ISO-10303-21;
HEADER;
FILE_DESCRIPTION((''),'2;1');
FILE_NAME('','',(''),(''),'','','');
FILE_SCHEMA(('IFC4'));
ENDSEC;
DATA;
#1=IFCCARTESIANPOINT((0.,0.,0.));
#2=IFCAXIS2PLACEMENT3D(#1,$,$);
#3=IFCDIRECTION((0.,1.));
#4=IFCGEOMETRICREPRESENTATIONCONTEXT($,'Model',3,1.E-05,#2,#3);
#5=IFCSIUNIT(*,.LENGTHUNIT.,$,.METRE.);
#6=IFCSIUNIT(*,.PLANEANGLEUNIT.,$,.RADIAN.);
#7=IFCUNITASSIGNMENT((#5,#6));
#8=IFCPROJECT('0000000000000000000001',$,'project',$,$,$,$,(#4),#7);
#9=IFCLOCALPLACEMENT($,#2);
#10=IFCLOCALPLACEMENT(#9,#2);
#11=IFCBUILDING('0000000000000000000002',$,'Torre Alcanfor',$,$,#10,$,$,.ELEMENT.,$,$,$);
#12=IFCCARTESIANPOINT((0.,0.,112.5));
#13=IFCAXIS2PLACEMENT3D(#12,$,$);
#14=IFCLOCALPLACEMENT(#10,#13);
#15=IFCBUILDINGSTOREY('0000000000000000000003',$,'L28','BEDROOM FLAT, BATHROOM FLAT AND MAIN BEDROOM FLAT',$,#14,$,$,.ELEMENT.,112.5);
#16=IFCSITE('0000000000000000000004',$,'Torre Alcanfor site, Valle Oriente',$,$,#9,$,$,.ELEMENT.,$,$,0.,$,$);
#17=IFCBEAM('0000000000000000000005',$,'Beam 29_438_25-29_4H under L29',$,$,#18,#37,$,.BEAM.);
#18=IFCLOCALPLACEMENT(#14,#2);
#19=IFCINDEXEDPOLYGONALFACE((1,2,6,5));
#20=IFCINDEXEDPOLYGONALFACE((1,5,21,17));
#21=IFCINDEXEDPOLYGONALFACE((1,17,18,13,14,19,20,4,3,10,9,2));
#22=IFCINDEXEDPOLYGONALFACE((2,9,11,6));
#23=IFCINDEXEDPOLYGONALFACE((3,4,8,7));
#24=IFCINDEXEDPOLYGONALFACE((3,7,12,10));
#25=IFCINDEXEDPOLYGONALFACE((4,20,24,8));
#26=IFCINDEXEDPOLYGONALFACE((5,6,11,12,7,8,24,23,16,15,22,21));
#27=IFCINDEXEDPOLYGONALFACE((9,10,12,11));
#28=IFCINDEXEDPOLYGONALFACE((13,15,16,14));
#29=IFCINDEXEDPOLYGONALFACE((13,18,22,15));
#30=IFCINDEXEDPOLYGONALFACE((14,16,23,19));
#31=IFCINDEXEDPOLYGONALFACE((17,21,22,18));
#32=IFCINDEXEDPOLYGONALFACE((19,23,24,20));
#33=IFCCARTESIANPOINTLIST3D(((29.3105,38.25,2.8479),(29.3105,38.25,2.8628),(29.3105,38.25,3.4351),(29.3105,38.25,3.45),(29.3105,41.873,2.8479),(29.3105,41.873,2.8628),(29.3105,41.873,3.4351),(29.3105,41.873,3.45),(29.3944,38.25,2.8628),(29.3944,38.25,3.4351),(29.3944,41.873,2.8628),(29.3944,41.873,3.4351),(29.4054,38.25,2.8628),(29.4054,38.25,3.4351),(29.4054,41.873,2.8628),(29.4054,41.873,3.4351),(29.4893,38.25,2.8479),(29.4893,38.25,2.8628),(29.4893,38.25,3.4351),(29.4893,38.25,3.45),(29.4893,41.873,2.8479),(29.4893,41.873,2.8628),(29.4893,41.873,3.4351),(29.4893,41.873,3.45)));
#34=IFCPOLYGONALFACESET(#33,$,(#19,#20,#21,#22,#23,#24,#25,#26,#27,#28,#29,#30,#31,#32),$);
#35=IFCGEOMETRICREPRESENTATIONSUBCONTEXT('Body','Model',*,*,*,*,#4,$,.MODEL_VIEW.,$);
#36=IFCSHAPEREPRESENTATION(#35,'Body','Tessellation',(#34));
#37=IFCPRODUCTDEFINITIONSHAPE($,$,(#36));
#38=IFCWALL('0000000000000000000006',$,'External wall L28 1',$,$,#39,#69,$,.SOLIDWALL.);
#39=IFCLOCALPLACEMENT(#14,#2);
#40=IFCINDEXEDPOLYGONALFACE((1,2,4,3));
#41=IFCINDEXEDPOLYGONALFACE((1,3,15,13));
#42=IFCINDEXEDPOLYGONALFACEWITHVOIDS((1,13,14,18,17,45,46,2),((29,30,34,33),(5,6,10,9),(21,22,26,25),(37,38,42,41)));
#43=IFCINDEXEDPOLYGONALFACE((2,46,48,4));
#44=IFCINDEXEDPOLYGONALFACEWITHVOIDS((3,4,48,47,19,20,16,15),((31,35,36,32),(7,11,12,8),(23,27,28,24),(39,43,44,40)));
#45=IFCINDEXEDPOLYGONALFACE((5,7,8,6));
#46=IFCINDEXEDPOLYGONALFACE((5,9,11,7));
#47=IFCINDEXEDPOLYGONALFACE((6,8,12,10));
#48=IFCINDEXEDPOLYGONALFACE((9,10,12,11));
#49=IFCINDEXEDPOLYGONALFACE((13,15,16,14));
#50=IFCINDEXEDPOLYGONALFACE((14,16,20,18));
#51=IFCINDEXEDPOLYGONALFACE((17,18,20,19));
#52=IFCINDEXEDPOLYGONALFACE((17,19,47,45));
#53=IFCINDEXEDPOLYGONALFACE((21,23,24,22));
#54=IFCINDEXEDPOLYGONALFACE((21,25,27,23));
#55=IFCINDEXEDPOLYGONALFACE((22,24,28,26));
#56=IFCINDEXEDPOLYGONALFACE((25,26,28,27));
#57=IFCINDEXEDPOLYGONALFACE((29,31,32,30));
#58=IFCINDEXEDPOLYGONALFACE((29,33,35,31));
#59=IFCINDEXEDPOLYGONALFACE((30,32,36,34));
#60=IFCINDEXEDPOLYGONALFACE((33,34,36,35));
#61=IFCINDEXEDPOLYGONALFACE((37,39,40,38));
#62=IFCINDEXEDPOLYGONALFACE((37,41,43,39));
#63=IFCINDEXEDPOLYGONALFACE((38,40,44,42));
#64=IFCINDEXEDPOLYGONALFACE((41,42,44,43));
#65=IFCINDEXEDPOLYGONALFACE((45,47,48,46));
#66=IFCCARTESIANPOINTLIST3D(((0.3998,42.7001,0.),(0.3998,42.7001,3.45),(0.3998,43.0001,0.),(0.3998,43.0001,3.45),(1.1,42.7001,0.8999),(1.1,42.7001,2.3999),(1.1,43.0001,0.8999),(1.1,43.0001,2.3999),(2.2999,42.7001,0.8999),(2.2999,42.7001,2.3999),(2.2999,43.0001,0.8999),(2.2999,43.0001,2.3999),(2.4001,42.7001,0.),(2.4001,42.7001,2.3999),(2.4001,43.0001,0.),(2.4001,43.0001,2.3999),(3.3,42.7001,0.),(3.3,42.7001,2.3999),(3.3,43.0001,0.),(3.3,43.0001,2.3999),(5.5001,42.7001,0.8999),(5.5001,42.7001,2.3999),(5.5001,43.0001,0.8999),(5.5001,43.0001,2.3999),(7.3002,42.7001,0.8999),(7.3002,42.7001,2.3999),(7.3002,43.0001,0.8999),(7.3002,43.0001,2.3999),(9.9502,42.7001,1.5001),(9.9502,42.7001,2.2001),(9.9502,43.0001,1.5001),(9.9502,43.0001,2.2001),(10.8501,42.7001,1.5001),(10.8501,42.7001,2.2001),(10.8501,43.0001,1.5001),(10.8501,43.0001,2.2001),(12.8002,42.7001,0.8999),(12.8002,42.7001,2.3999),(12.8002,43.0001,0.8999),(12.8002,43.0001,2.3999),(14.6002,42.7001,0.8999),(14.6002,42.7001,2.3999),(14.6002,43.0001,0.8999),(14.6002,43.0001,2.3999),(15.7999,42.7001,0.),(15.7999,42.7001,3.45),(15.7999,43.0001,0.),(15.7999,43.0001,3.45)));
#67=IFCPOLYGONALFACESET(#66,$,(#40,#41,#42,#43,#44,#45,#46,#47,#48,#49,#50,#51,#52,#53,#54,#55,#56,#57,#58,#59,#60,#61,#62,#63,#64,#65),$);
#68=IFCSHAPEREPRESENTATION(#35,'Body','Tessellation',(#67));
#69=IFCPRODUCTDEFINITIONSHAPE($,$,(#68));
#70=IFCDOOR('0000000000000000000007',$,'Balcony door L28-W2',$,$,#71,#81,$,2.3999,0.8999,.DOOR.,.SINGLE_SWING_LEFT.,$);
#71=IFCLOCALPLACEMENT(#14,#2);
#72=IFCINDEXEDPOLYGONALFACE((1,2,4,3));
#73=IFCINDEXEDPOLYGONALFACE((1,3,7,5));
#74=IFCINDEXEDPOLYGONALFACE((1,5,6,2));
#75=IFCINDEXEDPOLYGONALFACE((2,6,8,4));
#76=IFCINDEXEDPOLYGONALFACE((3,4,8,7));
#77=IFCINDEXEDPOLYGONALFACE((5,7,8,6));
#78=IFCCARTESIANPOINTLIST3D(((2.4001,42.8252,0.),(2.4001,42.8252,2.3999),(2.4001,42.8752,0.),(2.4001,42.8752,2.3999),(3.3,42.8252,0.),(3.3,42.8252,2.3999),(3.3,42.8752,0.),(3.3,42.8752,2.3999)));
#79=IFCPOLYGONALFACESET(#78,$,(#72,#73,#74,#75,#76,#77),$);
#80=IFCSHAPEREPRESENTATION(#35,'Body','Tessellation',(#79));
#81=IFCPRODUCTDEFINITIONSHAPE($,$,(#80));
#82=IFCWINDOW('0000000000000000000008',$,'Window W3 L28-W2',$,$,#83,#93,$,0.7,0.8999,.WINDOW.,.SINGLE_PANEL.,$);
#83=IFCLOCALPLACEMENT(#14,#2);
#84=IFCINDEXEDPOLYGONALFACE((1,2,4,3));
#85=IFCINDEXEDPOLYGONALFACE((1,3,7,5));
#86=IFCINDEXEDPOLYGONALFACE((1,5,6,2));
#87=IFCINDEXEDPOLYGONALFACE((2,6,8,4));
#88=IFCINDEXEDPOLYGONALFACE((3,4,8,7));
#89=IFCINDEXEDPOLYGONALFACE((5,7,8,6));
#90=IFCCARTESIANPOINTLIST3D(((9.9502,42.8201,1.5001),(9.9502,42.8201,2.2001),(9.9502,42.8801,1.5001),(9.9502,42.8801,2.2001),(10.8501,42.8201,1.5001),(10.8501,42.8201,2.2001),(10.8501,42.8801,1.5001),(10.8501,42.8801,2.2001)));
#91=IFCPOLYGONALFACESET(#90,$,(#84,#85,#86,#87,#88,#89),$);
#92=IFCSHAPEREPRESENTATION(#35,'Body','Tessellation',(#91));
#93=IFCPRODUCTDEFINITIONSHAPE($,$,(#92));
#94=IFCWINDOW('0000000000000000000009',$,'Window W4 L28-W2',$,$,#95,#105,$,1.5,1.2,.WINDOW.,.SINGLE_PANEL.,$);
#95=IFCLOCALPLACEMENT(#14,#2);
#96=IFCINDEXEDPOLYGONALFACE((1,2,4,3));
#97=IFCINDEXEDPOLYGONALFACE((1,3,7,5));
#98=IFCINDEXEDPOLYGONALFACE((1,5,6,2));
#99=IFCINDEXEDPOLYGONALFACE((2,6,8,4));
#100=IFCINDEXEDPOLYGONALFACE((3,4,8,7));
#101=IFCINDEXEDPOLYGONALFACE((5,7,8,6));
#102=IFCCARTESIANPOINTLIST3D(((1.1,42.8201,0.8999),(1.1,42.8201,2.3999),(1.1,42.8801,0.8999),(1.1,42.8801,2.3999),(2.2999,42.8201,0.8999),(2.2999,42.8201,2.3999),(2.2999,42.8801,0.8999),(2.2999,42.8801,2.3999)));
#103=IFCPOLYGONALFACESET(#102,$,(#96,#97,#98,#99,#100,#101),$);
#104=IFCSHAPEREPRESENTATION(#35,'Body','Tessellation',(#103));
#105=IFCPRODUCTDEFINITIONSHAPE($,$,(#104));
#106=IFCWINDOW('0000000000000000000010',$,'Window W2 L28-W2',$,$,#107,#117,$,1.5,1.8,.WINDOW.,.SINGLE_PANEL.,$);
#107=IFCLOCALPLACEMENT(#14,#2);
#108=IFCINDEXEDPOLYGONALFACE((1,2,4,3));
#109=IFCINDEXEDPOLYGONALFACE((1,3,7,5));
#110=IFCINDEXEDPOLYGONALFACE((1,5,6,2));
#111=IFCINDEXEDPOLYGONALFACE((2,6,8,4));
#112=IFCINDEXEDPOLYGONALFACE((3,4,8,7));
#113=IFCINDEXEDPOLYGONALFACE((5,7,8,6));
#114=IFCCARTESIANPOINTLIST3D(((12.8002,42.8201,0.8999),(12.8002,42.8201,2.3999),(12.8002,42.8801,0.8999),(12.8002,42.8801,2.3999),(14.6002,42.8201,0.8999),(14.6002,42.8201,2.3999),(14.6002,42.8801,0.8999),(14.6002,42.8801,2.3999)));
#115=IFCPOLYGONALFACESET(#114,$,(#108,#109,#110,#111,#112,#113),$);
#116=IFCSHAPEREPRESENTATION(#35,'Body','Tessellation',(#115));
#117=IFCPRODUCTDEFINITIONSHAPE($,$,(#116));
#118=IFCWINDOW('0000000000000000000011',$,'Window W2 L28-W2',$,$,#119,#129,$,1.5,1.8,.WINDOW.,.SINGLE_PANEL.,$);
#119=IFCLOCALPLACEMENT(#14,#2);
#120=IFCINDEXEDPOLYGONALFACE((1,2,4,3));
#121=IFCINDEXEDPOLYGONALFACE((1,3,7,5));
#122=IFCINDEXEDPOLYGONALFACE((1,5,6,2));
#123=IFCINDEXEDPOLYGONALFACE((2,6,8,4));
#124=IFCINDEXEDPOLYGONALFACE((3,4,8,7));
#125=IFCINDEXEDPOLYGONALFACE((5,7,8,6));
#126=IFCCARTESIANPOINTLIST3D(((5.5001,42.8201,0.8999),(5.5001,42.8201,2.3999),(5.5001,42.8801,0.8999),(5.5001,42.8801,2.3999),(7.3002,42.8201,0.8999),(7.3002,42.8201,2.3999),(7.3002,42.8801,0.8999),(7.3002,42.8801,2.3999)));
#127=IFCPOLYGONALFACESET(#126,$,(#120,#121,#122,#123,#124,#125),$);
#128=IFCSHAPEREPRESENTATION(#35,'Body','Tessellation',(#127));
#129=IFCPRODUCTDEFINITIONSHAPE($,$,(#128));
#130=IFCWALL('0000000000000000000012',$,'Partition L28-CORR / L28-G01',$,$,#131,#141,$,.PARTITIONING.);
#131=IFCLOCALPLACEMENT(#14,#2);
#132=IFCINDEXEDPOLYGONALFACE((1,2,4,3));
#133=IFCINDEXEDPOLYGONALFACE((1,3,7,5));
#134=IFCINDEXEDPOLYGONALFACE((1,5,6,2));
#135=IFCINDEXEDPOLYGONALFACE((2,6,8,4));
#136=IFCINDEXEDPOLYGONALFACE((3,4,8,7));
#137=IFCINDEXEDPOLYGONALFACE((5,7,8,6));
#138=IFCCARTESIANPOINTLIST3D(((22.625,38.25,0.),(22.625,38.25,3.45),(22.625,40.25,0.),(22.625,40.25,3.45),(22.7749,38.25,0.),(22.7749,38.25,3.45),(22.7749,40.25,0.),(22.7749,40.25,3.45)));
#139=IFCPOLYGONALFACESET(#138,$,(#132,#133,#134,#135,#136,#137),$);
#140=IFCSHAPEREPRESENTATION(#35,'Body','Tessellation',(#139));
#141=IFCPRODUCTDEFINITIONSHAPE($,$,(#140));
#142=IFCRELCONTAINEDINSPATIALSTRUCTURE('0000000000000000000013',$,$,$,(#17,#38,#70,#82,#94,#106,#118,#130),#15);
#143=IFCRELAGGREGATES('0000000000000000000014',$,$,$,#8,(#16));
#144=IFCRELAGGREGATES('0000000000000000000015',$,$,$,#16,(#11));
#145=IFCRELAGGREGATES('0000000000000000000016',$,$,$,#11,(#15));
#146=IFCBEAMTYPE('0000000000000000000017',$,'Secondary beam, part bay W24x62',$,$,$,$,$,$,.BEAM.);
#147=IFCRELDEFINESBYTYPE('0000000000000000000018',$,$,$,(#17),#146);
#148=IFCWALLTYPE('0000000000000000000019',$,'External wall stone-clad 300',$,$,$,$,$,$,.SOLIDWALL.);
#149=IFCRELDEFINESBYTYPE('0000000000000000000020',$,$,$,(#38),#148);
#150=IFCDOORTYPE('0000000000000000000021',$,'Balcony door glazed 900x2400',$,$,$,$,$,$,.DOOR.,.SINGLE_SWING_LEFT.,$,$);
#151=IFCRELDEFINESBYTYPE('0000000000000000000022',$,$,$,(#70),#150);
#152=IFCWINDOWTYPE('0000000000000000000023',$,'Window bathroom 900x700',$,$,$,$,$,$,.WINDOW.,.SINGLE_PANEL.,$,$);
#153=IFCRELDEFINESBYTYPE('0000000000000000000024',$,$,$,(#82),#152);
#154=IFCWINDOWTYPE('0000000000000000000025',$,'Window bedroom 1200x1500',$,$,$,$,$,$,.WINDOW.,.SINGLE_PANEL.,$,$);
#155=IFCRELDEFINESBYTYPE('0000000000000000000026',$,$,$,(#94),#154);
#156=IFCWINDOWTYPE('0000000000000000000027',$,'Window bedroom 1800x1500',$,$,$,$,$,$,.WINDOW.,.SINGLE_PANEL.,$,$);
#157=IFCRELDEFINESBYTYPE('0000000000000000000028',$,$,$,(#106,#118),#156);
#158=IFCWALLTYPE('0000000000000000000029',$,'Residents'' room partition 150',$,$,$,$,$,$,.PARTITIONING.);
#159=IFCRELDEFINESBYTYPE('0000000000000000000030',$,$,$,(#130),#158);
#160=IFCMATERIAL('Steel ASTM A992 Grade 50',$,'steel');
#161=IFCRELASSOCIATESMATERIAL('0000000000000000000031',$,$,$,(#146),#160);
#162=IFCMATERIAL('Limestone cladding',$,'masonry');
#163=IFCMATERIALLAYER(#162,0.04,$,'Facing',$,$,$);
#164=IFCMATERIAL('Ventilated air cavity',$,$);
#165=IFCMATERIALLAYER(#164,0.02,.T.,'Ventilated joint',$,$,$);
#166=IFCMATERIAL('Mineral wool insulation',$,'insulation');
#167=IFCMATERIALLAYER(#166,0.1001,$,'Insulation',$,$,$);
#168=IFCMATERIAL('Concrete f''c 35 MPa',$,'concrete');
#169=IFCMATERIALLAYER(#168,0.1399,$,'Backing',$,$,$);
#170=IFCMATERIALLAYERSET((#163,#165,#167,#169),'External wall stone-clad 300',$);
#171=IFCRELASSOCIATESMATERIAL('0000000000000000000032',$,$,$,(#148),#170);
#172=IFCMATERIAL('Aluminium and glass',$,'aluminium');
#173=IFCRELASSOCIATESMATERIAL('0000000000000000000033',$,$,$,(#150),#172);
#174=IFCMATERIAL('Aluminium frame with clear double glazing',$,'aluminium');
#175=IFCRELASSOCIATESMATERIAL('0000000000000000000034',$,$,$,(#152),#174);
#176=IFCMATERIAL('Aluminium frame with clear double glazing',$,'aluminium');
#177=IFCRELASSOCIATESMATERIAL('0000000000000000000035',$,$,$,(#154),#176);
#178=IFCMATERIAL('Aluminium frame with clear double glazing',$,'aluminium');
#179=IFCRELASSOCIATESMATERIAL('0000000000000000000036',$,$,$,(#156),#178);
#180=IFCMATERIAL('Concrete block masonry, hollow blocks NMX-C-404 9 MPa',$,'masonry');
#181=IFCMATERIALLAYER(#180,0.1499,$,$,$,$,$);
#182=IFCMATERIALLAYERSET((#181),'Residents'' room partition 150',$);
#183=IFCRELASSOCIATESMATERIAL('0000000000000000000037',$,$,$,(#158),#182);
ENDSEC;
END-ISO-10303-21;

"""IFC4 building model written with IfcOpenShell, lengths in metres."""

from ifc_helpers import new_model, si_unit, direction, frame, frame_2d, origin, origin_2d, place, context, subcontext, project, spatial, rectangle, i_section, extrude, material, layer, layer_set, material_profile, profile_set, type_object, element, fill, save


model = new_model("IFC4")

# Units and contexts
model_context = context("Model", 3, precision=1e-05, world=origin(), true_north=direction((0.0, 1.0)))
body_context = subcontext(model_context, "Body", "Model", "MODEL_VIEW")
ifc_project = project(units=[si_unit("LENGTHUNIT", "METRE"), si_unit("PLANEANGLEUNIT", "RADIAN")], contexts=[model_context])

# Site, building, storey
site_placement = place(None, origin())
site = spatial("IfcSite", under=ifc_project, at=site_placement, Name="Torre Alcanfor site, Valle Oriente", CompositionType="ELEMENT", RefElevation=0.0)
building_placement = place(site_placement, origin())
building = spatial("IfcBuilding", under=site, at=building_placement, Name="Torre Alcanfor", CompositionType="ELEMENT")
storey_placement = place(building_placement, frame((0.0, 0.0, 112.5)))
storey = spatial("IfcBuildingStorey", under=building, at=storey_placement, Name="L28", Description="BEDROOM FLAT, BATHROOM FLAT AND MAIN BEDROOM FLAT", CompositionType="ELEMENT", Elevation=112.5)

# Beam
ifc_material_1 = material(Name="Steel ASTM A992 Grade 50", Category="steel")
ifc_material_profile_1 = material_profile(ifc_material_1, i_section(OverallWidth=0.1787, OverallDepth=0.6021, WebThickness=0.011, FlangeThickness=0.0149, at=origin_2d()), Name="W24x62")
ifc_profile_set_1 = profile_set([ifc_material_profile_1], Name="Steel ASTM A992 Grade 50")
beam_type_1 = type_object("IfcBeamType", Name="Secondary beam, part bay W24x62", PredefinedType="BEAM", material=ifc_profile_set_1)
beam_1_placement = place(storey_placement, frame((29.3999, 38.25, 3.1489), z_axis=(0.0, 1.0, 0.0), x_axis=(-1.0, 0.0, 0.0)))
element("IfcBeam", 1, at=beam_1_placement, inside=storey, type_object=beam_type_1, Name="Beam 29_438_25-29_4H under L29", PredefinedType="BEAM", context=body_context, shape_type="SweptSolid", body=[
    extrude(i_section(OverallWidth=0.1787, OverallDepth=0.6021, WebThickness=0.011, FlangeThickness=0.0149, at=origin_2d()), origin(), (0.0, 0.0, 1.0), 3.623),
])

# Wall, openings, door, windows
ifc_material_2 = material(Name="Limestone cladding", Category="masonry")
ifc_layer_1 = layer(ifc_material_2, 0.04, Name="Facing")
ifc_material_3 = material(Name="Ventilated air cavity")
ifc_layer_2 = layer(ifc_material_3, 0.02, ventilated=True, Name="Ventilated joint")
ifc_material_4 = material(Name="Mineral wool insulation", Category="insulation")
ifc_layer_3 = layer(ifc_material_4, 0.1001, Name="Insulation")
ifc_material_5 = material(Name="Concrete f'c 35 MPa", Category="concrete")
ifc_layer_4 = layer(ifc_material_5, 0.1399, Name="Backing")
ifc_layer_set_1 = layer_set([ifc_layer_1, ifc_layer_2, ifc_layer_3, ifc_layer_4], Name="External wall stone-clad 300")
wall_type_1 = type_object("IfcWallType", Name="External wall stone-clad 300", PredefinedType="SOLIDWALL", material=ifc_layer_set_1)
wall_1_placement = place(storey_placement, frame((15.8, 42.8501, 0.0), z_axis=(0.0, 0.0, 1.0), x_axis=(-1.0, 0.0, 0.0)))
wall_1 = element("IfcWall", 2, at=wall_1_placement, inside=storey, type_object=wall_type_1, Name="External wall L28 1", PredefinedType="SOLIDWALL", context=body_context, shape_type="SweptSolid", body=[
    extrude(rectangle(XDim=15.4001, YDim=0.3, at=frame_2d((7.7002, 0.0))), origin(), (0.0, 0.0, 1.0), 3.45),
])
opening_1_placement = place(wall_1_placement, frame((1.2, 0.0, 0.8999)))
opening_1 = element("IfcOpeningElement", 3, at=opening_1_placement, cuts=wall_1, PredefinedType="OPENING", context=body_context, shape_type="SweptSolid", body=[
    extrude(rectangle(XDim=1.8, YDim=1.5, at=frame_2d((0.8999, 0.75))), frame((0.0, 0.1599, 0.0), z_axis=(0.0, -1.0, 0.0), x_axis=(1.0, 0.0, 0.0)), (0.0, 0.0, 1.0), 0.3201),
])
opening_2_placement = place(wall_1_placement, frame((4.95, 0.0, 1.5)))
opening_2 = element("IfcOpeningElement", 4, at=opening_2_placement, cuts=wall_1, PredefinedType="OPENING", context=body_context, shape_type="SweptSolid", body=[
    extrude(rectangle(XDim=0.8999, YDim=0.7, at=frame_2d((0.45, 0.3501))), frame((0.0, 0.1599, 0.0), z_axis=(0.0, -1.0, 0.0), x_axis=(1.0, 0.0, 0.0)), (0.0, 0.0, 1.0), 0.3201),
])
opening_3_placement = place(wall_1_placement, frame((8.5, 0.0, 0.8999)))
opening_3 = element("IfcOpeningElement", 5, at=opening_3_placement, cuts=wall_1, PredefinedType="OPENING", context=body_context, shape_type="SweptSolid", body=[
    extrude(rectangle(XDim=1.8, YDim=1.5, at=frame_2d((0.8999, 0.75))), frame((0.0, 0.1599, 0.0), z_axis=(0.0, -1.0, 0.0), x_axis=(1.0, 0.0, 0.0)), (0.0, 0.0, 1.0), 0.3201),
])
opening_4_placement = place(wall_1_placement, frame((12.5, 0.0, 0.0)))
opening_4 = element("IfcOpeningElement", 6, at=opening_4_placement, cuts=wall_1, PredefinedType="OPENING", context=body_context, shape_type="SweptSolid", body=[
    extrude(rectangle(XDim=0.8999, YDim=2.3999, at=frame_2d((0.45, 1.2))), frame((0.0, 0.1599, 0.0), z_axis=(0.0, -1.0, 0.0), x_axis=(1.0, 0.0, 0.0)), (0.0, 0.0, 1.0), 0.3201),
])
opening_5_placement = place(wall_1_placement, frame((13.5, 0.0, 0.8999)))
opening_5 = element("IfcOpeningElement", 7, at=opening_5_placement, cuts=wall_1, PredefinedType="OPENING", context=body_context, shape_type="SweptSolid", body=[
    extrude(rectangle(XDim=1.2, YDim=1.5, at=frame_2d((0.6001, 0.75))), frame((0.0, 0.1599, 0.0), z_axis=(0.0, -1.0, 0.0), x_axis=(1.0, 0.0, 0.0)), (0.0, 0.0, 1.0), 0.3201),
])
ifc_material_6 = material(Name="Aluminium and glass", Category="aluminium")
door_type_1 = type_object("IfcDoorType", Name="Balcony door glazed 900x2400", OperationType="SINGLE_SWING_LEFT", PredefinedType="DOOR", material=ifc_material_6)
door_1_placement = place(opening_4_placement, origin())
door_1 = element("IfcDoor", 8, at=door_1_placement, inside=storey, type_object=door_type_1, Name="Balcony door L28-W2", OperationType="SINGLE_SWING_LEFT", OverallHeight=2.3999, OverallWidth=0.8999, PredefinedType="DOOR", context=body_context, shape_type="SweptSolid", body=[
    extrude(rectangle(XDim=0.8999, YDim=2.3999, at=frame_2d((0.45, 1.2))), frame((0.0, 0.0249, 0.0), z_axis=(0.0, -1.0, 0.0), x_axis=(1.0, 0.0, 0.0)), (0.0, 0.0, 1.0), 0.05),
])
fill(opening_4, door_1)
ifc_material_7 = material(Name="Aluminium frame with clear double glazing", Category="aluminium")
window_type_1 = type_object("IfcWindowType", Name="Window bathroom 900x700", PartitioningType="SINGLE_PANEL", PredefinedType="WINDOW", material=ifc_material_7)
window_1_placement = place(opening_2_placement, origin())
window_1 = element("IfcWindow", 9, at=window_1_placement, inside=storey, type_object=window_type_1, Name="Window W3 L28-W2", OverallHeight=0.7, OverallWidth=0.8999, PartitioningType="SINGLE_PANEL", PredefinedType="WINDOW", context=body_context, shape_type="SweptSolid", body=[
    extrude(rectangle(XDim=0.8999, YDim=0.7, at=frame_2d((0.45, 0.3501))), frame((0.0, 0.03, 0.0), z_axis=(0.0, -1.0, 0.0), x_axis=(1.0, 0.0, 0.0)), (0.0, 0.0, 1.0), 0.0601),
])
fill(opening_2, window_1)
ifc_material_8 = material(Name="Aluminium frame with clear double glazing", Category="aluminium")
window_type_2 = type_object("IfcWindowType", Name="Window bedroom 1200x1500", PartitioningType="SINGLE_PANEL", PredefinedType="WINDOW", material=ifc_material_8)
window_2_placement = place(opening_5_placement, origin())
window_2 = element("IfcWindow", 10, at=window_2_placement, inside=storey, type_object=window_type_2, Name="Window W4 L28-W2", OverallHeight=1.5, OverallWidth=1.2, PartitioningType="SINGLE_PANEL", PredefinedType="WINDOW", context=body_context, shape_type="SweptSolid", body=[
    extrude(rectangle(XDim=1.2, YDim=1.5, at=frame_2d((0.6001, 0.75))), frame((0.0, 0.03, 0.0), z_axis=(0.0, -1.0, 0.0), x_axis=(1.0, 0.0, 0.0)), (0.0, 0.0, 1.0), 0.0601),
])
fill(opening_5, window_2)
ifc_material_9 = material(Name="Aluminium frame with clear double glazing", Category="aluminium")
window_type_3 = type_object("IfcWindowType", Name="Window bedroom 1800x1500", PartitioningType="SINGLE_PANEL", PredefinedType="WINDOW", material=ifc_material_9)
window_3_placement = place(opening_1_placement, origin())
window_3 = element("IfcWindow", 11, at=window_3_placement, inside=storey, type_object=window_type_3, Name="Window W2 L28-W2", OverallHeight=1.5, OverallWidth=1.8, PartitioningType="SINGLE_PANEL", PredefinedType="WINDOW", context=body_context, shape_type="SweptSolid", body=[
    extrude(rectangle(XDim=1.8, YDim=1.5, at=frame_2d((0.8999, 0.75))), frame((0.0, 0.03, 0.0), z_axis=(0.0, -1.0, 0.0), x_axis=(1.0, 0.0, 0.0)), (0.0, 0.0, 1.0), 0.0601),
])
fill(opening_1, window_3)
window_4_placement = place(opening_3_placement, origin())
window_4 = element("IfcWindow", 12, at=window_4_placement, inside=storey, type_object=window_type_3, Name="Window W2 L28-W2", OverallHeight=1.5, OverallWidth=1.8, PartitioningType="SINGLE_PANEL", PredefinedType="WINDOW", context=body_context, shape_type="SweptSolid", body=[
    extrude(rectangle(XDim=1.8, YDim=1.5, at=frame_2d((0.8999, 0.75))), frame((0.0, 0.03, 0.0), z_axis=(0.0, -1.0, 0.0), x_axis=(1.0, 0.0, 0.0)), (0.0, 0.0, 1.0), 0.0601),
])
fill(opening_3, window_4)

# Wall
ifc_material_10 = material(Name="Concrete block masonry, hollow blocks NMX-C-404 9 MPa", Category="masonry")
ifc_layer_5 = layer(ifc_material_10, 0.1499)
ifc_layer_set_2 = layer_set([ifc_layer_5], Name="Residents' room partition 150")
wall_type_2 = type_object("IfcWallType", Name="Residents' room partition 150", PredefinedType="PARTITIONING", material=ifc_layer_set_2)
wall_2_placement = place(storey_placement, frame((22.7, 38.25, 0.0), z_axis=(0.0, 0.0, 1.0), x_axis=(0.0, 1.0, 0.0)))
element("IfcWall", 13, at=wall_2_placement, inside=storey, type_object=wall_type_2, Name="Partition L28-CORR / L28-G01", PredefinedType="PARTITIONING", context=body_context, shape_type="SweptSolid", body=[
    extrude(rectangle(XDim=2.0, YDim=0.1499, at=frame_2d((1.0, 0.0))), origin(), (0.0, 0.0, 1.0), 3.45),
])

save(model, "model.ifc")
